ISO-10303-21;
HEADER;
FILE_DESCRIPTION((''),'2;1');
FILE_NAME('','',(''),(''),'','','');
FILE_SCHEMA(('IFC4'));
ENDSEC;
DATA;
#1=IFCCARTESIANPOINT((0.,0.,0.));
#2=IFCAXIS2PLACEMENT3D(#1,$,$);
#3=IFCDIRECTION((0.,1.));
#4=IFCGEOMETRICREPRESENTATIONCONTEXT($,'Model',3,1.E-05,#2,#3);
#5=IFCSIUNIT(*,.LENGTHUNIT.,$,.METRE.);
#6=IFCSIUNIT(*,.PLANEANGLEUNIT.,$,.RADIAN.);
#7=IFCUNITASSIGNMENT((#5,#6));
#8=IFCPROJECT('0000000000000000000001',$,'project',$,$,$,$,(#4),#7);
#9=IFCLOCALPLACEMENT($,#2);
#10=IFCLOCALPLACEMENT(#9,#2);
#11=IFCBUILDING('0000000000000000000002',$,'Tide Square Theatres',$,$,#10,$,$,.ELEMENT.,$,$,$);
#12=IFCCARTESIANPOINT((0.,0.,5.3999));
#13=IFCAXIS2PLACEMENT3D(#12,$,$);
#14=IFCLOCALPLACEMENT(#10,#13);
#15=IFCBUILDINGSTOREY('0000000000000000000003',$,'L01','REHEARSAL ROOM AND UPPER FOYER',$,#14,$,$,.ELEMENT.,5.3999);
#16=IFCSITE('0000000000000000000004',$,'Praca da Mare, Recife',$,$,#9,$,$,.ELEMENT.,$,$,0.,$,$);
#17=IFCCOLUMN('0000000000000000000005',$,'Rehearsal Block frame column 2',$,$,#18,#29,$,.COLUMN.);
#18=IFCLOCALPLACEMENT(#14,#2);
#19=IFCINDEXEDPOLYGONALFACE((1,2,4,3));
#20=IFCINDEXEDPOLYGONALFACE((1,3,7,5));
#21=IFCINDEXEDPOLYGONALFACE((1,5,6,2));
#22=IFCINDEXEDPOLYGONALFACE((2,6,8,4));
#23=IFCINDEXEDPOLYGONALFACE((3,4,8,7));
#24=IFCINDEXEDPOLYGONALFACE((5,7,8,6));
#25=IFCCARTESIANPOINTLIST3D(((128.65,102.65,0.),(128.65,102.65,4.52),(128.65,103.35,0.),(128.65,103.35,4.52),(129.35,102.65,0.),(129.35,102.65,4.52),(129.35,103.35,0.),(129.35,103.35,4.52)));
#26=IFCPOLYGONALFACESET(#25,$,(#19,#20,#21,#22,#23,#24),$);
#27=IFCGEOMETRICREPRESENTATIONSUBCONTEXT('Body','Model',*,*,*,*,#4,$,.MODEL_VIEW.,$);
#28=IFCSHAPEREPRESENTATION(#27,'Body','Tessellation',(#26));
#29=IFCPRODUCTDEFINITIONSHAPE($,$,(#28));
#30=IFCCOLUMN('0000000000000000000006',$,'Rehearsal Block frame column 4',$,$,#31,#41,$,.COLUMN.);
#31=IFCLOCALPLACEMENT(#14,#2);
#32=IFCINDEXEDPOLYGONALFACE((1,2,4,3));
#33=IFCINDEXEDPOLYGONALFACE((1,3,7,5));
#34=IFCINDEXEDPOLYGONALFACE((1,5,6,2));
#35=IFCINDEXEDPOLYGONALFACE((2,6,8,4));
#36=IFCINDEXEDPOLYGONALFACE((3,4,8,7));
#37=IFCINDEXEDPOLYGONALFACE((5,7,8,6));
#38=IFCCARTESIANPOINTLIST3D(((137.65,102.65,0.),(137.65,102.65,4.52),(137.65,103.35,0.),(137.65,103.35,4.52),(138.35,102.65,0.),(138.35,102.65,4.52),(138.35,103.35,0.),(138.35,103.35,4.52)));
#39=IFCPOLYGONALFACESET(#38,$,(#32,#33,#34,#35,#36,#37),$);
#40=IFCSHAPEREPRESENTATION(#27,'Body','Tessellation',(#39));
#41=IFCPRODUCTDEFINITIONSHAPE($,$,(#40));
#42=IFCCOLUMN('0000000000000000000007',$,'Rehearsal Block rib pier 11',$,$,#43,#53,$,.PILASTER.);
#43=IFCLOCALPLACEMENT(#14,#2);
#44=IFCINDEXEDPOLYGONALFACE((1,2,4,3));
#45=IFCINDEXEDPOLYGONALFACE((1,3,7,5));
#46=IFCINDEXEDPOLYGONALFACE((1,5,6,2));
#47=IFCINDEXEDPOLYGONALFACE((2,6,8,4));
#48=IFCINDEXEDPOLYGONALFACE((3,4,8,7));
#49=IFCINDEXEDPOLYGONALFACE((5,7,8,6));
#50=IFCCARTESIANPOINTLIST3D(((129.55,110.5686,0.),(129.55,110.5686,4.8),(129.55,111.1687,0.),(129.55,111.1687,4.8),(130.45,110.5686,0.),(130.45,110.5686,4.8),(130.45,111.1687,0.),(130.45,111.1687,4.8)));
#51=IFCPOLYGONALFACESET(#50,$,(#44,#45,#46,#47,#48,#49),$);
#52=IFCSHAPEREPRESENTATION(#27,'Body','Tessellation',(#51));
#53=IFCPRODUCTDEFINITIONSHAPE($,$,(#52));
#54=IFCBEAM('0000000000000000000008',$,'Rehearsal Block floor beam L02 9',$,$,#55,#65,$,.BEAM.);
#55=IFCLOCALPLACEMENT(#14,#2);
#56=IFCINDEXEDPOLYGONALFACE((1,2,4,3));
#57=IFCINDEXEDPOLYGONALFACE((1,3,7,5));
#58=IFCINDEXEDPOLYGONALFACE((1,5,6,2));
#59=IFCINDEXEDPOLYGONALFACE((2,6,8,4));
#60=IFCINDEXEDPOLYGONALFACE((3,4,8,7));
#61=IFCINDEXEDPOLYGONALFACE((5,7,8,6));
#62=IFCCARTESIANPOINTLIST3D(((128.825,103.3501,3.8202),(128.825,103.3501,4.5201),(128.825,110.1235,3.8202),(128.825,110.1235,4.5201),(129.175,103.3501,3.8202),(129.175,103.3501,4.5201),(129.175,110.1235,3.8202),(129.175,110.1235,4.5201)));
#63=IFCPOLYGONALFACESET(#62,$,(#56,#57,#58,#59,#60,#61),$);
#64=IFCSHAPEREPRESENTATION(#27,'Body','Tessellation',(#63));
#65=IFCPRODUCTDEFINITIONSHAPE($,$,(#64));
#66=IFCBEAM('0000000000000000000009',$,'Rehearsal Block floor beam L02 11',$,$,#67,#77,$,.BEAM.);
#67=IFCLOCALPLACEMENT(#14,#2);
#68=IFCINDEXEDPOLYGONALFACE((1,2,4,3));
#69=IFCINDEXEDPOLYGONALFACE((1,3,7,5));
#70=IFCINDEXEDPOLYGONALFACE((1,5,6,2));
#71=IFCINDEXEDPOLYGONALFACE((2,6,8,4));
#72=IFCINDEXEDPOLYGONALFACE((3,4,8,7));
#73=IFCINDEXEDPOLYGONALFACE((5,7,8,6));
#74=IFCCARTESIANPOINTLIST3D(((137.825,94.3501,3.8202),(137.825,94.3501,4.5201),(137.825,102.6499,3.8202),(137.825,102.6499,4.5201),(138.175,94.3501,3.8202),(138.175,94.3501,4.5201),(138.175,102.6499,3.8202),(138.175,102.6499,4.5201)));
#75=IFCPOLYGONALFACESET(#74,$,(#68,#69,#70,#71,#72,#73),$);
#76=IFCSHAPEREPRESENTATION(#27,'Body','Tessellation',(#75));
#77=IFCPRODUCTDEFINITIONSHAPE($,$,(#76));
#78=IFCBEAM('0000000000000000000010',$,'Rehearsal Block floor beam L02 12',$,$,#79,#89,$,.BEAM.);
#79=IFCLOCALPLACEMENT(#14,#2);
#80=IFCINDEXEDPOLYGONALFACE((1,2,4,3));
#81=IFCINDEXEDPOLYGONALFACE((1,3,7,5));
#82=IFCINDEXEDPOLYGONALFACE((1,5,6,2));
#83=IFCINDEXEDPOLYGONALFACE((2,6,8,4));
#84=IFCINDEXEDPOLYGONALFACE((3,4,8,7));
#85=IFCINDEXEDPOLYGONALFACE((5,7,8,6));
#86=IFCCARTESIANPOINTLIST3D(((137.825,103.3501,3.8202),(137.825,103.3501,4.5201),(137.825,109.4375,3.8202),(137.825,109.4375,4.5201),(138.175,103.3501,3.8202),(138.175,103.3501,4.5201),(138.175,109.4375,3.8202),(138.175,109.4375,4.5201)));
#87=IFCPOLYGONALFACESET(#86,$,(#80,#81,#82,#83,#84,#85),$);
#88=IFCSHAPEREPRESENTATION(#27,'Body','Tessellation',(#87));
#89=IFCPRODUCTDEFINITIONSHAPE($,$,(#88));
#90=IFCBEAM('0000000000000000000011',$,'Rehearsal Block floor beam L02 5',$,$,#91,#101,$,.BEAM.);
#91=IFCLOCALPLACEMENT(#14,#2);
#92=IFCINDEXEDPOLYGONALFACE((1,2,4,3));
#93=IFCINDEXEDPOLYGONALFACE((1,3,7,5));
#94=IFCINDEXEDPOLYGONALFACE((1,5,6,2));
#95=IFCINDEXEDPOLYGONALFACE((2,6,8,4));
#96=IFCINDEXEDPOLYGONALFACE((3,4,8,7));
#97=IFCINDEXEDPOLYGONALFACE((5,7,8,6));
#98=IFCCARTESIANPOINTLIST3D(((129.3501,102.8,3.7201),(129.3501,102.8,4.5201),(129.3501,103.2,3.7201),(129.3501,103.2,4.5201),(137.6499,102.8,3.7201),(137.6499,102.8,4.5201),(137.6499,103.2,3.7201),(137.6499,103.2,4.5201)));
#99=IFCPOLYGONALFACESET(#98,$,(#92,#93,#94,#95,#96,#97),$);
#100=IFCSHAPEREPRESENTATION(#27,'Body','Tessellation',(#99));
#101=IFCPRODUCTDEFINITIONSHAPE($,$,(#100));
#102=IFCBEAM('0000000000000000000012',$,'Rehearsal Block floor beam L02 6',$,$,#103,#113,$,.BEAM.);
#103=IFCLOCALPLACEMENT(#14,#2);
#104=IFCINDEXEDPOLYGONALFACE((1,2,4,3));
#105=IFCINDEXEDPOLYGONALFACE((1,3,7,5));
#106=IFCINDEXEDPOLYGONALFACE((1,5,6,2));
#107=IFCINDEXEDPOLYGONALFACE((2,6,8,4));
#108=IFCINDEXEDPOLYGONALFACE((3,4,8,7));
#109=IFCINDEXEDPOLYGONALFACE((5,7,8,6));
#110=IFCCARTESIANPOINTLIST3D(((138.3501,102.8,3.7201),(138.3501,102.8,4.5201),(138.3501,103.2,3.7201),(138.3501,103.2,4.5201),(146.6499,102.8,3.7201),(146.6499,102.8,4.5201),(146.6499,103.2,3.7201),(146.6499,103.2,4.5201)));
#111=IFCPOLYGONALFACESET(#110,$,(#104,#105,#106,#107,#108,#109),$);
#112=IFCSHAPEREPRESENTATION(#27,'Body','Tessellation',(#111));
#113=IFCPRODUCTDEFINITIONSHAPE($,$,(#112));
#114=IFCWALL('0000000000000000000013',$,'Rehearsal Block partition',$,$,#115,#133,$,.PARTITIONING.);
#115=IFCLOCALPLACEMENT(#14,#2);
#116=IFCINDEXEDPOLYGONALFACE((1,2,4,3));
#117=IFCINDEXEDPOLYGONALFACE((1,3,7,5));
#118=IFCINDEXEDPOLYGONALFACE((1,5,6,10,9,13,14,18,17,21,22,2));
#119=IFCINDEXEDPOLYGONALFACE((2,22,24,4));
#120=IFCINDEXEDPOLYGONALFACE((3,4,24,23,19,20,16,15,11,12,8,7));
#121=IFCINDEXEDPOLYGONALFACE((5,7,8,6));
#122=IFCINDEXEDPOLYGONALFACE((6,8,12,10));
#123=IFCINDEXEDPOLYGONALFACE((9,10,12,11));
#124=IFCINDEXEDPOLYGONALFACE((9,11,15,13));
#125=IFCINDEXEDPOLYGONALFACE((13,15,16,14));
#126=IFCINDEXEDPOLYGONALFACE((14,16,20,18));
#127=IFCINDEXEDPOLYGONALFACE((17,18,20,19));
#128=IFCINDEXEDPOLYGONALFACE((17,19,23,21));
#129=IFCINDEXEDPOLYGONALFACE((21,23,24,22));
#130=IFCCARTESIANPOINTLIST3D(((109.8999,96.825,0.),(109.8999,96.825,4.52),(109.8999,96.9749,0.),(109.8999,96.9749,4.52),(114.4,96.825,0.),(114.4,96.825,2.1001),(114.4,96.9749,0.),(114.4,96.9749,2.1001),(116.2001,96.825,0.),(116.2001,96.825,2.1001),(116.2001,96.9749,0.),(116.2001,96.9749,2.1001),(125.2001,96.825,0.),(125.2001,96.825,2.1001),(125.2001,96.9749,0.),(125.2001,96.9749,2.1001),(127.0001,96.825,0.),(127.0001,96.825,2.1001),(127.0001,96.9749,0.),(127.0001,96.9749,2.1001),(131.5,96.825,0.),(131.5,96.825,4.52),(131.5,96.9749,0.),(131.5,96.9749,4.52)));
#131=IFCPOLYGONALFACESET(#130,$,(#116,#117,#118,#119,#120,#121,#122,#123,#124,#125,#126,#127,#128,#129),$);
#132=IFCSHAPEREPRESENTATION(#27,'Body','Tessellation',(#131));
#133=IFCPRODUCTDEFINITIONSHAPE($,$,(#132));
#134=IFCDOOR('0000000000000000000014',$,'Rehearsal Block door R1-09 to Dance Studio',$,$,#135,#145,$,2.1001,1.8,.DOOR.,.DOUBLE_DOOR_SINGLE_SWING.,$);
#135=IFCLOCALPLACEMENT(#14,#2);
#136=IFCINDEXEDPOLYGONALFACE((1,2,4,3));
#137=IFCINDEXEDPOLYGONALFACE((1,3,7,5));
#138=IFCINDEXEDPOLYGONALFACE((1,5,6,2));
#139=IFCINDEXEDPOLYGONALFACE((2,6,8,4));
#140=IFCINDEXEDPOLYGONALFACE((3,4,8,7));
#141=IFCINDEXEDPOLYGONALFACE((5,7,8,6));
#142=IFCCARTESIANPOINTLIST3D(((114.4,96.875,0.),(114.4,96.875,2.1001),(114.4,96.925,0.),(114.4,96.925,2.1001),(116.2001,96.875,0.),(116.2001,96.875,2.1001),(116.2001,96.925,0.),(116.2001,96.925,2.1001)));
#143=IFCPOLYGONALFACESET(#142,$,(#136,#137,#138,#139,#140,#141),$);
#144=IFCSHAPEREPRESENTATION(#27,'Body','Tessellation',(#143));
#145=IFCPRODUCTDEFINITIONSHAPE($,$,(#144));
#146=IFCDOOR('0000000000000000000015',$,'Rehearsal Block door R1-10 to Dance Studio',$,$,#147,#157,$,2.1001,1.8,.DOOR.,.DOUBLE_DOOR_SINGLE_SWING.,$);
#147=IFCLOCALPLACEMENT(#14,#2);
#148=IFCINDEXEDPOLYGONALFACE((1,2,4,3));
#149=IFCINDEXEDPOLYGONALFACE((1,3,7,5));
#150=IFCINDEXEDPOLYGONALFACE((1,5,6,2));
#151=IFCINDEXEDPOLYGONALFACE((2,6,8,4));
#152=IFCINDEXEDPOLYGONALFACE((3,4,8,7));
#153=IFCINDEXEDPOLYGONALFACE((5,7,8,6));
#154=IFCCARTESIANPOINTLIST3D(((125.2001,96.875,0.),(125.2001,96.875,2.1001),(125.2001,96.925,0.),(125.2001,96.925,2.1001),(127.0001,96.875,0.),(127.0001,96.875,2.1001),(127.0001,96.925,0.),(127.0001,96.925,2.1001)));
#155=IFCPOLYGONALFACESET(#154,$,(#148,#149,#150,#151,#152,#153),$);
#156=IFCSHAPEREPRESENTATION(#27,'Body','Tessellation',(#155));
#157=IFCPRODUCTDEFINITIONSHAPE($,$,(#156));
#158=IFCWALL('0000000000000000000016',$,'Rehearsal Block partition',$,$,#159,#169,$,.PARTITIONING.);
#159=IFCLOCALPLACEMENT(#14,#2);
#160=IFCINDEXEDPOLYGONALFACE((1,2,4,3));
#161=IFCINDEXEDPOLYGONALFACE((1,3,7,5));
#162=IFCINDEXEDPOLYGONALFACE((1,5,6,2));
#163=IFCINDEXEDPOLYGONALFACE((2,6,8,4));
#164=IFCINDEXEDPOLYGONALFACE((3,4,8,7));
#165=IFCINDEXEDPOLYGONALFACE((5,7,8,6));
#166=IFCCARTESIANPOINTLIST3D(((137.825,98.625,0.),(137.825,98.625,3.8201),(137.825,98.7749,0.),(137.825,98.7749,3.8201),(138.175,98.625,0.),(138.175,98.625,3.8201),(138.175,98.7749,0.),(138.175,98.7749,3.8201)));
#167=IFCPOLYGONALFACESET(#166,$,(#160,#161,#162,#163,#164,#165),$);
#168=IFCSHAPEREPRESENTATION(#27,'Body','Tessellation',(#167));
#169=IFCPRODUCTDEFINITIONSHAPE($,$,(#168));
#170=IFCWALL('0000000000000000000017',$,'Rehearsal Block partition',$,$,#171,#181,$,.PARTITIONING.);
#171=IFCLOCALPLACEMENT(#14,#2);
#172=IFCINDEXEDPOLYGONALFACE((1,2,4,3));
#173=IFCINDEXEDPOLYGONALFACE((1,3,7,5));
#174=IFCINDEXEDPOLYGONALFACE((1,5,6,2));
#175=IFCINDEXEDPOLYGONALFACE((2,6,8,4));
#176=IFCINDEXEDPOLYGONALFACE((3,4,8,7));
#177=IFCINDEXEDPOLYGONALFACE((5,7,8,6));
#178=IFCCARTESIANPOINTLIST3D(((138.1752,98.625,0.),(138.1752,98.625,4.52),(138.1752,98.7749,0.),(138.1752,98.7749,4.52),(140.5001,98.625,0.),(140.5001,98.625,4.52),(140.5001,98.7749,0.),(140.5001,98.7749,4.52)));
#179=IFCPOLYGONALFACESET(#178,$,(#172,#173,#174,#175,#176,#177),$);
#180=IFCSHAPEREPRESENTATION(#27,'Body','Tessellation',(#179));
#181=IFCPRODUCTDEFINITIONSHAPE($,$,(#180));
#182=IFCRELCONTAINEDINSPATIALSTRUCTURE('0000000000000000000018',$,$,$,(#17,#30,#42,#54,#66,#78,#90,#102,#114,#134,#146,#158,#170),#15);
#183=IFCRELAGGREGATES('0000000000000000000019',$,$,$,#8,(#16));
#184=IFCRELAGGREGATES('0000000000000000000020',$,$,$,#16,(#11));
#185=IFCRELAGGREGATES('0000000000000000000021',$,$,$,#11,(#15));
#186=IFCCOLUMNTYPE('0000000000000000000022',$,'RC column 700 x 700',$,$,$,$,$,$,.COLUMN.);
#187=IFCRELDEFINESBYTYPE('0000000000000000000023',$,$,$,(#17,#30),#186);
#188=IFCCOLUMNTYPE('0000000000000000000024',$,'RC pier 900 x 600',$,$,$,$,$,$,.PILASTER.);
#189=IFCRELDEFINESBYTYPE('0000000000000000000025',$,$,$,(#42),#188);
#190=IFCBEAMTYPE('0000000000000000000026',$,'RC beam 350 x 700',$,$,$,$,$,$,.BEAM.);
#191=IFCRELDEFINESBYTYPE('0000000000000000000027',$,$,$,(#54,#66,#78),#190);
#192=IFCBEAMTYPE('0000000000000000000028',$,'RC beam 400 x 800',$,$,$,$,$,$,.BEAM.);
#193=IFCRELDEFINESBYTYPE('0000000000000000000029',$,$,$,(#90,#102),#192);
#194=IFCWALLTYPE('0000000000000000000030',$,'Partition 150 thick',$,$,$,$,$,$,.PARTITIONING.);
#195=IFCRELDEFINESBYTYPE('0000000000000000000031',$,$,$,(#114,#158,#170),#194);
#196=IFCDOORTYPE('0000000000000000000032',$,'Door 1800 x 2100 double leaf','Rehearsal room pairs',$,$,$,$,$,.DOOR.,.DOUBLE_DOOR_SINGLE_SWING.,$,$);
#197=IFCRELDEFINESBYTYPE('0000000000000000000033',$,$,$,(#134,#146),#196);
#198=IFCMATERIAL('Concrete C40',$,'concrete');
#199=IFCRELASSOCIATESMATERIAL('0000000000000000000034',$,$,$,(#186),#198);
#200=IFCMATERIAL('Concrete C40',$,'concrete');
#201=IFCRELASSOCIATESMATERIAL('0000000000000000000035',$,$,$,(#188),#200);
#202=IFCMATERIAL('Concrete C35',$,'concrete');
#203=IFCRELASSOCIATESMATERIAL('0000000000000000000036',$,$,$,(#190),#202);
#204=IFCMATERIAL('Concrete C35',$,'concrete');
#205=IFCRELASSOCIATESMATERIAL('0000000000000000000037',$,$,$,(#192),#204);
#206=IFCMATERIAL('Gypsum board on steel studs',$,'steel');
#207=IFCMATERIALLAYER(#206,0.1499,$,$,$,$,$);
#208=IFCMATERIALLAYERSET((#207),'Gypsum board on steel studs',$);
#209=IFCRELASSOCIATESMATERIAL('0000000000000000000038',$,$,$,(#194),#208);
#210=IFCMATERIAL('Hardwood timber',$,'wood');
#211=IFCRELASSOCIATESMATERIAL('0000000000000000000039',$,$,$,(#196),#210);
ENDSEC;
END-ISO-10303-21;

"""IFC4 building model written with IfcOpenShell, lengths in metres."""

from ifc_helpers import new_model, si_unit, direction, frame, frame_2d, origin, origin_2d, place, context, subcontext, project, spatial, rectangle, extrude, material, layer, layer_set, material_profile, profile_set, type_object, element, fill, save


model = new_model("IFC4")

# Units and contexts
model_context = context("Model", 3, precision=1e-05, world=origin(), true_north=direction((0.0, 1.0)))
body_context = subcontext(model_context, "Body", "Model", "MODEL_VIEW")
ifc_project = project(units=[si_unit("LENGTHUNIT", "METRE"), si_unit("PLANEANGLEUNIT", "RADIAN")], contexts=[model_context])

# Site, building, storey
site_placement = place(None, origin())
site = spatial("IfcSite", under=ifc_project, at=site_placement, Name="Praca da Mare, Recife", CompositionType="ELEMENT", RefElevation=0.0)
building_placement = place(site_placement, origin())
building = spatial("IfcBuilding", under=site, at=building_placement, Name="Tide Square Theatres", CompositionType="ELEMENT")
storey_placement = place(building_placement, frame((0.0, 0.0, 5.3999)))
storey = spatial("IfcBuildingStorey", under=building, at=storey_placement, Name="L01", Description="REHEARSAL ROOM AND UPPER FOYER", CompositionType="ELEMENT", Elevation=5.3999)

# Columns
ifc_material_1 = material(Name="Concrete C40", Category="concrete")
ifc_material_profile_1 = material_profile(ifc_material_1, rectangle(XDim=0.7, YDim=0.7, at=origin_2d()))
ifc_profile_set_1 = profile_set([ifc_material_profile_1], Name="Concrete C40")
column_type_1 = type_object("IfcColumnType", Name="RC column 700 x 700", PredefinedType="COLUMN", material=ifc_profile_set_1)
for number, where, z_axis, x_axis, name in (
    (1, (129.0, 103.0, 0.0), (0.0, 0.0, 1.0), (1.0, 0.0, 0.0), "Rehearsal Block frame column 2"),
    (2, (138.0, 103.0, 0.0), (0.0, 0.0, 1.0), (1.0, 0.0, 0.0), "Rehearsal Block frame column 4"),
):
    element("IfcColumn", number, at=place(storey_placement, frame(where, z_axis=z_axis, x_axis=x_axis)), inside=storey, type_object=column_type_1, Name=name, PredefinedType="COLUMN", context=body_context, shape_type="SweptSolid", body=[
        extrude(rectangle(XDim=0.7, YDim=0.7, at=origin_2d()), origin(), (0.0, 0.0, 1.0), 4.52),
    ])
ifc_material_2 = material(Name="Concrete C40", Category="concrete")
ifc_material_profile_2 = material_profile(ifc_material_2, rectangle(XDim=0.8999, YDim=0.6001, at=origin_2d()))
ifc_profile_set_2 = profile_set([ifc_material_profile_2], Name="Concrete C40")
column_type_2 = type_object("IfcColumnType", Name="RC pier 900 x 600", PredefinedType="PILASTER", material=ifc_profile_set_2)
column_placement = place(storey_placement, frame((130.0, 110.8687, 0.0), z_axis=(0.0, 0.0, 1.0), x_axis=(-1.0, 0.0, 0.0)))
element("IfcColumn", 3, at=column_placement, inside=storey, type_object=column_type_2, Name="Rehearsal Block rib pier 11", PredefinedType="PILASTER", context=body_context, shape_type="SweptSolid", body=[
    extrude(rectangle(XDim=0.8999, YDim=0.6001, at=origin_2d()), origin(), (0.0, 0.0, 1.0), 4.8),
])

# Beams
ifc_material_3 = material(Name="Concrete C35", Category="concrete")
ifc_material_profile_3 = material_profile(ifc_material_3, rectangle(XDim=0.3501, YDim=0.7, at=origin_2d()))
ifc_profile_set_3 = profile_set([ifc_material_profile_3], Name="Concrete C35")
beam_type_1 = type_object("IfcBeamType", Name="RC beam 350 x 700", PredefinedType="BEAM", material=ifc_profile_set_3)
beam_1_placement = place(storey_placement, frame((129.0, 103.3501, 4.1702), z_axis=(0.0, 1.0, 0.0), x_axis=(-1.0, 0.0, 0.0)))
element("IfcBeam", 4, at=beam_1_placement, inside=storey, type_object=beam_type_1, Name="Rehearsal Block floor beam L02 9", PredefinedType="BEAM", context=body_context, shape_type="SweptSolid", body=[
    extrude(rectangle(XDim=0.3501, YDim=0.7, at=origin_2d()), origin(), (0.0, 0.0, 1.0), 6.7734),
])
beam_2_placement = place(storey_placement, frame((138.0, 94.3501, 4.1702), z_axis=(0.0, 1.0, 0.0), x_axis=(-1.0, 0.0, 0.0)))
element("IfcBeam", 5, at=beam_2_placement, inside=storey, type_object=beam_type_1, Name="Rehearsal Block floor beam L02 11", PredefinedType="BEAM", context=body_context, shape_type="SweptSolid", body=[
    extrude(rectangle(XDim=0.3501, YDim=0.7, at=origin_2d()), origin(), (0.0, 0.0, 1.0), 8.2998),
])
beam_3_placement = place(storey_placement, frame((138.0, 103.3501, 4.1702), z_axis=(0.0, 1.0, 0.0), x_axis=(-1.0, 0.0, 0.0)))
element("IfcBeam", 6, at=beam_3_placement, inside=storey, type_object=beam_type_1, Name="Rehearsal Block floor beam L02 12", PredefinedType="BEAM", context=body_context, shape_type="SweptSolid", body=[
    extrude(rectangle(XDim=0.3501, YDim=0.7, at=origin_2d()), origin(), (0.0, 0.0, 1.0), 6.0874),
])
ifc_material_4 = material(Name="Concrete C35", Category="concrete")
ifc_material_profile_4 = material_profile(ifc_material_4, rectangle(XDim=0.3999, YDim=0.8, at=origin_2d()))
ifc_profile_set_4 = profile_set([ifc_material_profile_4], Name="Concrete C35")
beam_type_2 = type_object("IfcBeamType", Name="RC beam 400 x 800", PredefinedType="BEAM", material=ifc_profile_set_4)
for number, where, z_axis, x_axis, name in (
    (7, (129.3501, 103.0, 4.1201), (1.0, 0.0, 0.0), (0.0, 1.0, 0.0), "Rehearsal Block floor beam L02 5"),
    (8, (138.3501, 103.0, 4.1201), (1.0, 0.0, 0.0), (0.0, 1.0, 0.0), "Rehearsal Block floor beam L02 6"),
):
    element("IfcBeam", number, at=place(storey_placement, frame(where, z_axis=z_axis, x_axis=x_axis)), inside=storey, type_object=beam_type_2, Name=name, PredefinedType="BEAM", context=body_context, shape_type="SweptSolid", body=[
        extrude(rectangle(XDim=0.3999, YDim=0.8, at=origin_2d()), origin(), (0.0, 0.0, 1.0), 8.2998),
    ])

# Wall, openings, doors
ifc_material_5 = material(Name="Gypsum board on steel studs", Category="steel")
ifc_layer_1 = layer(ifc_material_5, 0.1499)
ifc_layer_set_1 = layer_set([ifc_layer_1], Name="Gypsum board on steel studs")
wall_type_1 = type_object("IfcWallType", Name="Partition 150 thick", PredefinedType="PARTITIONING", material=ifc_layer_set_1)
wall_1_placement = place(storey_placement, frame((131.5, 96.8999, 0.0), z_axis=(0.0, 0.0, 1.0), x_axis=(-1.0, 0.0, 0.0)))
wall_1 = element("IfcWall", 9, at=wall_1_placement, inside=storey, type_object=wall_type_1, Name="Rehearsal Block partition", PredefinedType="PARTITIONING", context=body_context, shape_type="SweptSolid", body=[
    extrude(rectangle(XDim=21.6001, YDim=0.1499, at=frame_2d((10.8, 0.0))), origin(), (0.0, 0.0, 1.0), 4.52),
])
opening_1_placement = place(wall_1_placement, frame((15.3, 0.0, 0.0)))
opening_1 = element("IfcOpeningElement", 10, at=opening_1_placement, cuts=wall_1, PredefinedType="OPENING", context=body_context, shape_type="SweptSolid", body=[
    extrude(rectangle(XDim=1.8, YDim=2.1001, at=frame_2d((0.8999, 1.05))), frame((0.0, 0.085, 0.0), z_axis=(0.0, -1.0, 0.0), x_axis=(1.0, 0.0, 0.0)), (0.0, 0.0, 1.0), 0.1699),
])
opening_2_placement = place(wall_1_placement, frame((4.5, 0.0, 0.0)))
opening_2 = element("IfcOpeningElement", 11, at=opening_2_placement, cuts=wall_1, PredefinedType="OPENING", context=body_context, shape_type="SweptSolid", body=[
    extrude(rectangle(XDim=1.8, YDim=2.1001, at=frame_2d((0.8999, 1.05))), frame((0.0, 0.085, 0.0), z_axis=(0.0, -1.0, 0.0), x_axis=(1.0, 0.0, 0.0)), (0.0, 0.0, 1.0), 0.1699),
])
ifc_material_6 = material(Name="Hardwood timber", Category="wood")
door_type_1 = type_object("IfcDoorType", Name="Door 1800 x 2100 double leaf", Description="Rehearsal room pairs", OperationType="DOUBLE_DOOR_SINGLE_SWING", PredefinedType="DOOR", material=ifc_material_6)
door_1_placement = place(opening_1_placement, origin())
door_1 = element("IfcDoor", 12, at=door_1_placement, inside=storey, type_object=door_type_1, Name="Rehearsal Block door R1-09 to Dance Studio", OperationType="DOUBLE_DOOR_SINGLE_SWING", OverallHeight=2.1001, OverallWidth=1.8, PredefinedType="DOOR", context=body_context, shape_type="SweptSolid", body=[
    extrude(rectangle(XDim=1.8, YDim=2.1001, at=frame_2d((0.8999, 1.05))), frame((0.0, 0.0249, 0.0), z_axis=(0.0, -1.0, 0.0), x_axis=(1.0, 0.0, 0.0)), (0.0, 0.0, 1.0), 0.05),
])
fill(opening_1, door_1)
door_2_placement = place(opening_2_placement, origin())
door_2 = element("IfcDoor", 13, at=door_2_placement, inside=storey, type_object=door_type_1, Name="Rehearsal Block door R1-10 to Dance Studio", OperationType="DOUBLE_DOOR_SINGLE_SWING", OverallHeight=2.1001, OverallWidth=1.8, PredefinedType="DOOR", context=body_context, shape_type="SweptSolid", body=[
    extrude(rectangle(XDim=1.8, YDim=2.1001, at=frame_2d((0.8999, 1.05))), frame((0.0, 0.0249, 0.0), z_axis=(0.0, -1.0, 0.0), x_axis=(1.0, 0.0, 0.0)), (0.0, 0.0, 1.0), 0.05),
])
fill(opening_2, door_2)

# Walls
wall_2_placement = place(storey_placement, frame((137.825, 98.7, 0.0), z_axis=(0.0, 0.0, 1.0), x_axis=(1.0, 0.0, 0.0)))
element("IfcWall", 14, at=wall_2_placement, inside=storey, type_object=wall_type_1, Name="Rehearsal Block partition", PredefinedType="PARTITIONING", context=body_context, shape_type="SweptSolid", body=[
    extrude(rectangle(XDim=0.3501, YDim=0.1499, at=frame_2d((0.175, 0.0))), origin(), (0.0, 0.0, 1.0), 3.8201),
])
wall_3_placement = place(storey_placement, frame((138.175, 98.7, 0.0), z_axis=(0.0, 0.0, 1.0), x_axis=(1.0, 0.0, 0.0)))
element("IfcWall", 15, at=wall_3_placement, inside=storey, type_object=wall_type_1, Name="Rehearsal Block partition", PredefinedType="PARTITIONING", context=body_context, shape_type="SweptSolid", body=[
    extrude(rectangle(XDim=2.325, YDim=0.1499, at=frame_2d((1.1626, 0.0))), origin(), (0.0, 0.0, 1.0), 4.52),
])

save(model, "model.ifc")
